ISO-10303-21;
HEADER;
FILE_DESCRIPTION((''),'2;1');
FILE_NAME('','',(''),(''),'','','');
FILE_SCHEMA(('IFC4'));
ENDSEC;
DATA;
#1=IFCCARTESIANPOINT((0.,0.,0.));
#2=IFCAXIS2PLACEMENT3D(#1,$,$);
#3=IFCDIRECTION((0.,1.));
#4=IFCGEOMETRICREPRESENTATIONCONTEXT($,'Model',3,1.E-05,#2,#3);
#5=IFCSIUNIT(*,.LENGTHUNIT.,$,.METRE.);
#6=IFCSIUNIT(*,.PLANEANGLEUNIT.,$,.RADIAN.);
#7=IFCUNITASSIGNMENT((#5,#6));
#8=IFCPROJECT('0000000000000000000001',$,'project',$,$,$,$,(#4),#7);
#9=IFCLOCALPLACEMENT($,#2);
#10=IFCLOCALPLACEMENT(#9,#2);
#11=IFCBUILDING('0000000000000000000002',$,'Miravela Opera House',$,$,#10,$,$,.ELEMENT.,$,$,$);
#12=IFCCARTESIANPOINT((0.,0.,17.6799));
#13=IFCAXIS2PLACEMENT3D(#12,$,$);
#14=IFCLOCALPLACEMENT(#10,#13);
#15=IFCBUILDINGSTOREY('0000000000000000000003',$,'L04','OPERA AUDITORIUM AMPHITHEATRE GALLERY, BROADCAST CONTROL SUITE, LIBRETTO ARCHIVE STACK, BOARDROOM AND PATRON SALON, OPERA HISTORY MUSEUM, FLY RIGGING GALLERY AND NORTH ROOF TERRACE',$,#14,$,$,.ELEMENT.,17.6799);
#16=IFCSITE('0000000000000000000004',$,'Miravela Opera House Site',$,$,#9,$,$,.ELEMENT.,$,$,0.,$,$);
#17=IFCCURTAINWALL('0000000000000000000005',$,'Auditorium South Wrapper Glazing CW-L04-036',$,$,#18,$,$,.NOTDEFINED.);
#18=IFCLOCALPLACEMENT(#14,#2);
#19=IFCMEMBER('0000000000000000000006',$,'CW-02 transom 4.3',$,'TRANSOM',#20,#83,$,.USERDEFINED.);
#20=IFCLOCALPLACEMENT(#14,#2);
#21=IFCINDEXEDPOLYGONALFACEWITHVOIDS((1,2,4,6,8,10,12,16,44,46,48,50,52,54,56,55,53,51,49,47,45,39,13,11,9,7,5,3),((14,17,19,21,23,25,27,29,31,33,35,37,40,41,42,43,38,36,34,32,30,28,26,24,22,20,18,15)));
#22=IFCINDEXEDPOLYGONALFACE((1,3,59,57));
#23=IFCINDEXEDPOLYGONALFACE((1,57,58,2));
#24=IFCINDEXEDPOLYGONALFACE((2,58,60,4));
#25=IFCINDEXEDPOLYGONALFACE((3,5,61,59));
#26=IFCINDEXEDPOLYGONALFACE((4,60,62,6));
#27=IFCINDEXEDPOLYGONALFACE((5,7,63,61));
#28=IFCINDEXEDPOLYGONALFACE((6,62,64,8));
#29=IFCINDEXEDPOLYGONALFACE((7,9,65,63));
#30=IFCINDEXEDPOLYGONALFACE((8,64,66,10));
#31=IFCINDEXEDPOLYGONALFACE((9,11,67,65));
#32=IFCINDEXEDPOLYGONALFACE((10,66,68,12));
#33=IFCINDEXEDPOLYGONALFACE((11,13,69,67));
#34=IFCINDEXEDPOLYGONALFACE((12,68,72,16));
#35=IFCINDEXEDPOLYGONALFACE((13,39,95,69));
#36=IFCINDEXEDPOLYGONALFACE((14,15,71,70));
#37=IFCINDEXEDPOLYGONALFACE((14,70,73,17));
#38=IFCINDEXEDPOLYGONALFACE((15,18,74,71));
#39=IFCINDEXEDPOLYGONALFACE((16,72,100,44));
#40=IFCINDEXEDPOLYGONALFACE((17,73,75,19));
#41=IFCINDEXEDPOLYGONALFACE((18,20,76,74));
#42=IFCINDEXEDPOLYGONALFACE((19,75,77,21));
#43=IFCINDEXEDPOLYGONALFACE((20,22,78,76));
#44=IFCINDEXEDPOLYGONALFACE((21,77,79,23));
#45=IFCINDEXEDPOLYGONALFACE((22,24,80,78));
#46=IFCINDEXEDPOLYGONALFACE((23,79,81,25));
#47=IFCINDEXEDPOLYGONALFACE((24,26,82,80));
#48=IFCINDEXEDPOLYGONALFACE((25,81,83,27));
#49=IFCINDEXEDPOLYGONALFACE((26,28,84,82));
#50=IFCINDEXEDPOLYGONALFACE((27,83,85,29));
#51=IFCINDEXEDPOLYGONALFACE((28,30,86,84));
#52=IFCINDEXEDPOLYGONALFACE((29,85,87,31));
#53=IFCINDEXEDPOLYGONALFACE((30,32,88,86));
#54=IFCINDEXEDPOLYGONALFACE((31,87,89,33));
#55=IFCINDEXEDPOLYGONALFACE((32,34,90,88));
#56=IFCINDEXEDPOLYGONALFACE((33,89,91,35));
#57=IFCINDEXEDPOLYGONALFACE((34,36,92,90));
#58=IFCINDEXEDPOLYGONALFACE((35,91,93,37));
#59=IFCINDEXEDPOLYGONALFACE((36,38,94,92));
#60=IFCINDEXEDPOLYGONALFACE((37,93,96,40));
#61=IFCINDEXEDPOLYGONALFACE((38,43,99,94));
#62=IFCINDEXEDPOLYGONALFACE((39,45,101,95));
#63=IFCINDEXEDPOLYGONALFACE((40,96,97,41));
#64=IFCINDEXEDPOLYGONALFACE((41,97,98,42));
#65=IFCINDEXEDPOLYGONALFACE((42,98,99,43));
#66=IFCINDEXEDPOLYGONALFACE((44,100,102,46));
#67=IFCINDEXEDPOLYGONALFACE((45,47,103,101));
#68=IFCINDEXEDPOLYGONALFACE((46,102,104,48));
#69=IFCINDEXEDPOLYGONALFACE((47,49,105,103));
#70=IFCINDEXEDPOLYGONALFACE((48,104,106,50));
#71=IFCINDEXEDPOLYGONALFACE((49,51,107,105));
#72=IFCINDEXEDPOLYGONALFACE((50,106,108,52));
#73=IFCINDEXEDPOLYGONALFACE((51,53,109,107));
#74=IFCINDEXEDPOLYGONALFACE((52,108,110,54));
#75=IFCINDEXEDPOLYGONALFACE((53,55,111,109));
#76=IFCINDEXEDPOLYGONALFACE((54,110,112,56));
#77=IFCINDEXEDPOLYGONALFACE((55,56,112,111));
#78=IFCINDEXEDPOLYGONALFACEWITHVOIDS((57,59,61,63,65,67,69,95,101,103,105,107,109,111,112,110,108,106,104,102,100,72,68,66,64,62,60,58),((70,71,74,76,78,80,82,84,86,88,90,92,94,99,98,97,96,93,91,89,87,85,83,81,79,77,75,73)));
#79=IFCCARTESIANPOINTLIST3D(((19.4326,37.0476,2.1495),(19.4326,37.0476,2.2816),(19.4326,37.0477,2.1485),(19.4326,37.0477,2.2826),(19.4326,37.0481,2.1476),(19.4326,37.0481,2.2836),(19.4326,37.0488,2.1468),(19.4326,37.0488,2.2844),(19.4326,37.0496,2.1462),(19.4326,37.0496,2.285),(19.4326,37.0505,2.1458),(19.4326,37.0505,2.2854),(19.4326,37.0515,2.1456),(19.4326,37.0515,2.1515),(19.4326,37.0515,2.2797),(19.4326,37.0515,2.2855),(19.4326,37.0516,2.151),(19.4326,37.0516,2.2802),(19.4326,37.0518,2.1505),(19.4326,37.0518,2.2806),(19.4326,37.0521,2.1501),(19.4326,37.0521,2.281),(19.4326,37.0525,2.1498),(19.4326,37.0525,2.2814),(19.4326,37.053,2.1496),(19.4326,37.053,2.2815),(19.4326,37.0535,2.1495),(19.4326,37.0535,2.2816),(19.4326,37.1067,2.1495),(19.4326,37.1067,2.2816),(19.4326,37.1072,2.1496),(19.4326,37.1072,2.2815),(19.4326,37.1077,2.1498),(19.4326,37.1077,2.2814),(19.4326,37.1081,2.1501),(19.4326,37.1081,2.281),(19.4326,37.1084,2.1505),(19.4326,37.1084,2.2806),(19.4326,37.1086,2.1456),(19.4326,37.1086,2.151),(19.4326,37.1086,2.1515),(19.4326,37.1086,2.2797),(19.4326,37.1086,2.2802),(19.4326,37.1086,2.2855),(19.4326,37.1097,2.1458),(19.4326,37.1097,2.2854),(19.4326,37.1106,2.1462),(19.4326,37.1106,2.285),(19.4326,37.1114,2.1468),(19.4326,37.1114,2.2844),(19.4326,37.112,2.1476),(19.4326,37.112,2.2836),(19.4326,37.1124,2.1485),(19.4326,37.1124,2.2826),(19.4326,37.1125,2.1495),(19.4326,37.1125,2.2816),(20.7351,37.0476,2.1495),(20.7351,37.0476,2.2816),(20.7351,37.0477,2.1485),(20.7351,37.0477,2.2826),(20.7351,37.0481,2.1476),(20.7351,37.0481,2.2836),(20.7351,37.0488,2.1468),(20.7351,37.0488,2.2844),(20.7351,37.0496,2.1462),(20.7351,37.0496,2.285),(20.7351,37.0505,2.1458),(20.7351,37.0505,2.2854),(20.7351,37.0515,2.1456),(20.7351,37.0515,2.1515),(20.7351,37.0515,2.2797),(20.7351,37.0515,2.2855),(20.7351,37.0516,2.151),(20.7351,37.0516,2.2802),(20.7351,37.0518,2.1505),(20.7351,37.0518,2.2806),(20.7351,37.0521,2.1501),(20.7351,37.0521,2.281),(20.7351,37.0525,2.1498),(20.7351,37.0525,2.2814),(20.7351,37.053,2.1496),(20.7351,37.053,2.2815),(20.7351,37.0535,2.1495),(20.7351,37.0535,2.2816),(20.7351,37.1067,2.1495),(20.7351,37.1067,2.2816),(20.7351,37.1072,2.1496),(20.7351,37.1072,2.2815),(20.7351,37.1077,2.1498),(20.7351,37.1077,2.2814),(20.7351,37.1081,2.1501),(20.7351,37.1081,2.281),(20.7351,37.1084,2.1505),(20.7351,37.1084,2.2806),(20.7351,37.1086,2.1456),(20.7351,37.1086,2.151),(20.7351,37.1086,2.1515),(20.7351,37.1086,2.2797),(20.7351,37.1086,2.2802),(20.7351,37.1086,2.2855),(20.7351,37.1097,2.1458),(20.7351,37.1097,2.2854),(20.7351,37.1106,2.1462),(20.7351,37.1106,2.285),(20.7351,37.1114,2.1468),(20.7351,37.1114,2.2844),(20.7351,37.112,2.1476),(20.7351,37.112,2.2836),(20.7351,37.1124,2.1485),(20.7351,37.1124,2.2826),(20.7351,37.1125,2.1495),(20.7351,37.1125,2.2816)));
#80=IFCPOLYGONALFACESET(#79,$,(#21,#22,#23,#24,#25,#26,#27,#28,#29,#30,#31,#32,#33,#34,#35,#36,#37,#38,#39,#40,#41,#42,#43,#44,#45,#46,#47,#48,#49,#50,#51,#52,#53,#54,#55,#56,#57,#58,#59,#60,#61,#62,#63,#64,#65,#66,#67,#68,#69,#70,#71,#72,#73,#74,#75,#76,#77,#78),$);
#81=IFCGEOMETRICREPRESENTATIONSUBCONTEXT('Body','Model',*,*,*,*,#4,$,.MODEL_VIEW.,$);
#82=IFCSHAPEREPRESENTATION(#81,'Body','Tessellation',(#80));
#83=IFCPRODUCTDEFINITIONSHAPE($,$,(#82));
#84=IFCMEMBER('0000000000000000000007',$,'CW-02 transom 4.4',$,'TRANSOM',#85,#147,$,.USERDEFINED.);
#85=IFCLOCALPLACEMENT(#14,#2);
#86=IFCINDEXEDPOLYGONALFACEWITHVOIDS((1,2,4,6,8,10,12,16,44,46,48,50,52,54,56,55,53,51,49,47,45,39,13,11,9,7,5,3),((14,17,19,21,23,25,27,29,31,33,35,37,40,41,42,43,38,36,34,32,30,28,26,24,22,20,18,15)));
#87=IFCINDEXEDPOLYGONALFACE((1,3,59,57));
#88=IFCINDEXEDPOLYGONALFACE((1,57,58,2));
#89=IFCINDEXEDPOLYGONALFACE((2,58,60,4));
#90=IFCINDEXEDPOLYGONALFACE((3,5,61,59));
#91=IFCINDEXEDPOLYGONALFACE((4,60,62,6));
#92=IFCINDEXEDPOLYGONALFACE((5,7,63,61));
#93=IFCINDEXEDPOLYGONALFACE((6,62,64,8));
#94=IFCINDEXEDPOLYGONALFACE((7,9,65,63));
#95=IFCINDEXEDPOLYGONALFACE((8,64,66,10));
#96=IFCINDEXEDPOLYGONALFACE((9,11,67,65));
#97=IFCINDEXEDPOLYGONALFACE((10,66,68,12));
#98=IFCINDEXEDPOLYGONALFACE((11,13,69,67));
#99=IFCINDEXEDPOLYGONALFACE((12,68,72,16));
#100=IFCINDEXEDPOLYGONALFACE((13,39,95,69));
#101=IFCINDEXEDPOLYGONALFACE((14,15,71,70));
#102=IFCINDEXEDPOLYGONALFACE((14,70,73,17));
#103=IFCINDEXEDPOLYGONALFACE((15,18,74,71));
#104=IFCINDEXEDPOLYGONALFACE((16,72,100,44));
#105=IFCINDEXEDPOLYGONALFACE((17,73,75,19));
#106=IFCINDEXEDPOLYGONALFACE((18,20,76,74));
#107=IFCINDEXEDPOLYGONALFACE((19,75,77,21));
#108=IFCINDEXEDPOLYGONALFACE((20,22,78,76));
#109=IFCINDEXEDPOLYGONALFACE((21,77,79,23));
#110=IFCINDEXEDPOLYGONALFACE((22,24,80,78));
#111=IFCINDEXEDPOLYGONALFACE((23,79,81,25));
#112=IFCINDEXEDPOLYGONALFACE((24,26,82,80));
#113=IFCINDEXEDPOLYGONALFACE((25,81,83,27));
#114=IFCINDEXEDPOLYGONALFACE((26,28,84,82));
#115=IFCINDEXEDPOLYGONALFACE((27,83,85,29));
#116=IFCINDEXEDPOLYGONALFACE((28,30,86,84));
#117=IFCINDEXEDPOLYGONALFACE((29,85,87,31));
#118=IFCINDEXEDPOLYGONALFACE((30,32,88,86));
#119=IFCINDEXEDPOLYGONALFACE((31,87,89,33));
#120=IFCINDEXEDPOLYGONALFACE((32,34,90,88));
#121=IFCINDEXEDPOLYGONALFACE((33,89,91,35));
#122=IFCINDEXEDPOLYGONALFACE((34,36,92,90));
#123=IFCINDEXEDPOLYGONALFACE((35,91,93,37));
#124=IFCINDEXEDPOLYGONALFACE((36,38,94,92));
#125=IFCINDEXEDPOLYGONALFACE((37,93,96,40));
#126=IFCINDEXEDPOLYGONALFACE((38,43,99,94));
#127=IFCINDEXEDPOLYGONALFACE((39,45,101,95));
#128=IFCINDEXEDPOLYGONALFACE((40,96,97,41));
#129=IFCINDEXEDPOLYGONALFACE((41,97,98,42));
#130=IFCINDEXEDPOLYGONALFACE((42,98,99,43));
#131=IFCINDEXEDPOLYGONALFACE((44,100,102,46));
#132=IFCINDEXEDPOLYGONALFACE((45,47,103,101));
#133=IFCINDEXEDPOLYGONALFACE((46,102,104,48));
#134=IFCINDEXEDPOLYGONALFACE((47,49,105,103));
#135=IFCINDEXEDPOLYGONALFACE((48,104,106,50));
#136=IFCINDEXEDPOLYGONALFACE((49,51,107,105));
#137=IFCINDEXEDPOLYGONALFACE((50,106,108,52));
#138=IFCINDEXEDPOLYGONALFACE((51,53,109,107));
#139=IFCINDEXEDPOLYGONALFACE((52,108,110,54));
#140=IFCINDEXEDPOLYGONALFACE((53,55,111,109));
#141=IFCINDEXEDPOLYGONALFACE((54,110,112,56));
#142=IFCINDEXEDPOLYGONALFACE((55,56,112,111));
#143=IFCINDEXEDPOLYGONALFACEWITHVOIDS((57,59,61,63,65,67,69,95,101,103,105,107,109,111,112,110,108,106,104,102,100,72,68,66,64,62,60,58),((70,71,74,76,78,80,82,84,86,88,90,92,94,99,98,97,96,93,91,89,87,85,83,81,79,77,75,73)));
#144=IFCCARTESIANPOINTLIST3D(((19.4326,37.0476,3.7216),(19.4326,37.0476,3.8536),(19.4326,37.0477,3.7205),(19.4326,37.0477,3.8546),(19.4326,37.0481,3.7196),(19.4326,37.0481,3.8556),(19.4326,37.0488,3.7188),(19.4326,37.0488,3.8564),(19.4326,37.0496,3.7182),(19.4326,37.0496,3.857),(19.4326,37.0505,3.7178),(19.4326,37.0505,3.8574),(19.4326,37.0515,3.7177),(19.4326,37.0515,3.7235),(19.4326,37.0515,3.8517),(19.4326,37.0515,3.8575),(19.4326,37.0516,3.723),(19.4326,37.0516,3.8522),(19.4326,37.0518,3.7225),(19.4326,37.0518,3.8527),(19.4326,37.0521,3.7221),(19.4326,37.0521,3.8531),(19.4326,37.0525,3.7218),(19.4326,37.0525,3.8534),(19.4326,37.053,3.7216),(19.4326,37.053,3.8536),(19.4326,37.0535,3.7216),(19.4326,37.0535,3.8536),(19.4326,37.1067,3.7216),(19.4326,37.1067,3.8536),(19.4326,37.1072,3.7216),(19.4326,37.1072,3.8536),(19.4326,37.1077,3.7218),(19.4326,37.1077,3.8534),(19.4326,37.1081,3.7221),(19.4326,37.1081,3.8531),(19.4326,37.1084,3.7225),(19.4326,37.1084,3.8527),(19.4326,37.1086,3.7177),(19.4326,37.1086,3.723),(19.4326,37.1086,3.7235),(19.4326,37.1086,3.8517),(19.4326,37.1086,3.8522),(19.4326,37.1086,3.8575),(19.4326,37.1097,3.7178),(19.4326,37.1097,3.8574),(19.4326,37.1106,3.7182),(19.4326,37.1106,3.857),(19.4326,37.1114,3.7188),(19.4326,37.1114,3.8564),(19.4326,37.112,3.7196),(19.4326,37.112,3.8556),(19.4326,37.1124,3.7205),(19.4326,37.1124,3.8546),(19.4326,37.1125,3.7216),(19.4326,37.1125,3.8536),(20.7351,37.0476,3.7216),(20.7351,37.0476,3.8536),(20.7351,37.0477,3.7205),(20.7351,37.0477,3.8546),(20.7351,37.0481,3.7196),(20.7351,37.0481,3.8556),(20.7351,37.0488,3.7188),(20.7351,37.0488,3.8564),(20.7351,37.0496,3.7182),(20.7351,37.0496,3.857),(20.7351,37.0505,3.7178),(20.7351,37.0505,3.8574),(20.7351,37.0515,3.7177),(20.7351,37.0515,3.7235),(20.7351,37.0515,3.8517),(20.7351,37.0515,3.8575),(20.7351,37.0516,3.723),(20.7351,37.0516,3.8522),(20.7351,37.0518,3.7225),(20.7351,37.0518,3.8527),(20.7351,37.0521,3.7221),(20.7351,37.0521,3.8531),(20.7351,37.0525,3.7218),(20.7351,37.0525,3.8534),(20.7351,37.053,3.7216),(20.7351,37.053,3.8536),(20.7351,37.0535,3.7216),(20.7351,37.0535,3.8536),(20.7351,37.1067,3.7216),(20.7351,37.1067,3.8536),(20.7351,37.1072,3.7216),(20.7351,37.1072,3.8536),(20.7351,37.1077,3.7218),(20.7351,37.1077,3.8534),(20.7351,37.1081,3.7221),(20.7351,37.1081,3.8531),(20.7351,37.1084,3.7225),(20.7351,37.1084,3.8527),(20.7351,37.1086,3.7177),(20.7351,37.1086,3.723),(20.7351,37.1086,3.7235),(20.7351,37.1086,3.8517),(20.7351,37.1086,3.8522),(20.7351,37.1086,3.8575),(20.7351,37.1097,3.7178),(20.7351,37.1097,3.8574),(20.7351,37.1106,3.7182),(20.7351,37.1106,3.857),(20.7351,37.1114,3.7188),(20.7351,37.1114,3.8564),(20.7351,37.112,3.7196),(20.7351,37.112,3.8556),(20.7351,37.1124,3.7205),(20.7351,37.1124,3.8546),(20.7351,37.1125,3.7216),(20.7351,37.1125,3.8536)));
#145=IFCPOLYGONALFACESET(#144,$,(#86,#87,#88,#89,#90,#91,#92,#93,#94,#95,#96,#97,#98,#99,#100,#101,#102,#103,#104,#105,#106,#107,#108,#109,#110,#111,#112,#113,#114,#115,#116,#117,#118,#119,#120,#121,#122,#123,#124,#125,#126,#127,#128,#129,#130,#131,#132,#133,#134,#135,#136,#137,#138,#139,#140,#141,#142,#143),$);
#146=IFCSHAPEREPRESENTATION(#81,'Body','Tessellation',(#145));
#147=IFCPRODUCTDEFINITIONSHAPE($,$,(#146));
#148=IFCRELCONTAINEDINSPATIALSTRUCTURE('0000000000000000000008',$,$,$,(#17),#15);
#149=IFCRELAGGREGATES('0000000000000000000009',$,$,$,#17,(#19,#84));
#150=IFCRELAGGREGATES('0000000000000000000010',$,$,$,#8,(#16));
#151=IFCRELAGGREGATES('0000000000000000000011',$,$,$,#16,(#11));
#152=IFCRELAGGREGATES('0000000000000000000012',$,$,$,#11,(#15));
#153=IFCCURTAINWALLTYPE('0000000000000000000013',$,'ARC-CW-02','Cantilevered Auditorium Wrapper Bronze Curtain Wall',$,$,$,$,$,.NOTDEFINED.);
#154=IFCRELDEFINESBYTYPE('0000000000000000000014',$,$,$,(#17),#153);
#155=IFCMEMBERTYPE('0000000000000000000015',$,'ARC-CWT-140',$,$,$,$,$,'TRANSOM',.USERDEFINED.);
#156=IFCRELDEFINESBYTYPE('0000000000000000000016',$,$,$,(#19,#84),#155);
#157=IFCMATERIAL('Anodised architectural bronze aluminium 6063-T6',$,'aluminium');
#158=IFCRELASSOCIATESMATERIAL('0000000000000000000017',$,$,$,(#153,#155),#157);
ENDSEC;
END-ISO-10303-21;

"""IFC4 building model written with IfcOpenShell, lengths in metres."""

from ifc_helpers import new_model, si_unit, direction, frame, origin, origin_2d, place, context, subcontext, project, spatial, hollow_rectangle, extrude, material, material_profile, profile_set, type_object, element, aggregate, save


model = new_model("IFC4")

# Units and contexts
model_context = context("Model", 3, precision=1e-05, world=origin(), true_north=direction((0.0, 1.0)))
body_context = subcontext(model_context, "Body", "Model", "MODEL_VIEW")
ifc_project = project(units=[si_unit("LENGTHUNIT", "METRE"), si_unit("PLANEANGLEUNIT", "RADIAN")], contexts=[model_context])

# Site, building, storey
site_placement = place(None, origin())
site = spatial("IfcSite", under=ifc_project, at=site_placement, Name="Miravela Opera House Site", CompositionType="ELEMENT", RefElevation=0.0)
building_placement = place(site_placement, origin())
building = spatial("IfcBuilding", under=site, at=building_placement, Name="Miravela Opera House", CompositionType="ELEMENT")
storey_placement = place(building_placement, frame((0.0, 0.0, 17.6799)))
storey = spatial("IfcBuildingStorey", under=building, at=storey_placement, Name="L04", Description="OPERA AUDITORIUM AMPHITHEATRE GALLERY, BROADCAST CONTROL SUITE, LIBRETTO ARCHIVE STACK, BOARDROOM AND PATRON SALON, OPERA HISTORY MUSEUM, FLY RIGGING GALLERY AND NORTH ROOF TERRACE", CompositionType="ELEMENT", Elevation=17.6799)

# Curtain wall
ifc_material_1 = material(Name="Anodised architectural bronze aluminium 6063-T6", Category="aluminium")
curtain_wall_type = type_object("IfcCurtainWallType", Name="ARC-CW-02", Description="Cantilevered Auditorium Wrapper Bronze Curtain Wall", PredefinedType="NOTDEFINED", material=ifc_material_1)
curtain_wall_1_placement = place(storey_placement, origin())
curtain_wall_1 = element("IfcCurtainWall", 1, at=curtain_wall_1_placement, inside=storey, type_object=curtain_wall_type, Name="Auditorium South Wrapper Glazing CW-L04-036", PredefinedType="NOTDEFINED")

# Members
ifc_material_profile_1 = material_profile(ifc_material_1, hollow_rectangle(XDim=0.0649, YDim=0.1399, WallThickness=0.0039, InnerFilletRadius=0.002, OuterFilletRadius=0.0039, at=origin_2d()), Name="CWT-65X140")
ifc_profile_set_1 = profile_set([ifc_material_profile_1])
member_type_1 = type_object("IfcMemberType", Name="ARC-CWT-140", ElementType="TRANSOM", PredefinedType="USERDEFINED", material=ifc_profile_set_1)
member_1_placement = place(storey_placement, frame((19.4326, 37.0801, 2.2156), z_axis=(1.0, 0.0, 0.0), x_axis=(0.0, 1.0, 0.0)))
member_1 = element("IfcMember", 2, at=member_1_placement, type_object=member_type_1, Name="CW-02 transom 4.3", ObjectType="TRANSOM", PredefinedType="USERDEFINED", context=body_context, shape_type="SweptSolid", body=[
    extrude(hollow_rectangle(XDim=0.0649, YDim=0.1399, WallThickness=0.0039, InnerFilletRadius=0.002, OuterFilletRadius=0.0039, at=origin_2d()), origin(), (0.0, 0.0, 1.0), 1.3025),
])
member_2_placement = place(storey_placement, frame((19.4326, 37.0801, 3.7876), z_axis=(1.0, 0.0, 0.0), x_axis=(0.0, 1.0, 0.0)))
member_2 = element("IfcMember", 3, at=member_2_placement, type_object=member_type_1, Name="CW-02 transom 4.4", ObjectType="TRANSOM", PredefinedType="USERDEFINED", context=body_context, shape_type="SweptSolid", body=[
    extrude(hollow_rectangle(XDim=0.0649, YDim=0.1399, WallThickness=0.0039, InnerFilletRadius=0.002, OuterFilletRadius=0.0039, at=origin_2d()), origin(), (0.0, 0.0, 1.0), 1.3025),
])

aggregate(curtain_wall_1, [member_1, member_2])

save(model, "model.ifc")
